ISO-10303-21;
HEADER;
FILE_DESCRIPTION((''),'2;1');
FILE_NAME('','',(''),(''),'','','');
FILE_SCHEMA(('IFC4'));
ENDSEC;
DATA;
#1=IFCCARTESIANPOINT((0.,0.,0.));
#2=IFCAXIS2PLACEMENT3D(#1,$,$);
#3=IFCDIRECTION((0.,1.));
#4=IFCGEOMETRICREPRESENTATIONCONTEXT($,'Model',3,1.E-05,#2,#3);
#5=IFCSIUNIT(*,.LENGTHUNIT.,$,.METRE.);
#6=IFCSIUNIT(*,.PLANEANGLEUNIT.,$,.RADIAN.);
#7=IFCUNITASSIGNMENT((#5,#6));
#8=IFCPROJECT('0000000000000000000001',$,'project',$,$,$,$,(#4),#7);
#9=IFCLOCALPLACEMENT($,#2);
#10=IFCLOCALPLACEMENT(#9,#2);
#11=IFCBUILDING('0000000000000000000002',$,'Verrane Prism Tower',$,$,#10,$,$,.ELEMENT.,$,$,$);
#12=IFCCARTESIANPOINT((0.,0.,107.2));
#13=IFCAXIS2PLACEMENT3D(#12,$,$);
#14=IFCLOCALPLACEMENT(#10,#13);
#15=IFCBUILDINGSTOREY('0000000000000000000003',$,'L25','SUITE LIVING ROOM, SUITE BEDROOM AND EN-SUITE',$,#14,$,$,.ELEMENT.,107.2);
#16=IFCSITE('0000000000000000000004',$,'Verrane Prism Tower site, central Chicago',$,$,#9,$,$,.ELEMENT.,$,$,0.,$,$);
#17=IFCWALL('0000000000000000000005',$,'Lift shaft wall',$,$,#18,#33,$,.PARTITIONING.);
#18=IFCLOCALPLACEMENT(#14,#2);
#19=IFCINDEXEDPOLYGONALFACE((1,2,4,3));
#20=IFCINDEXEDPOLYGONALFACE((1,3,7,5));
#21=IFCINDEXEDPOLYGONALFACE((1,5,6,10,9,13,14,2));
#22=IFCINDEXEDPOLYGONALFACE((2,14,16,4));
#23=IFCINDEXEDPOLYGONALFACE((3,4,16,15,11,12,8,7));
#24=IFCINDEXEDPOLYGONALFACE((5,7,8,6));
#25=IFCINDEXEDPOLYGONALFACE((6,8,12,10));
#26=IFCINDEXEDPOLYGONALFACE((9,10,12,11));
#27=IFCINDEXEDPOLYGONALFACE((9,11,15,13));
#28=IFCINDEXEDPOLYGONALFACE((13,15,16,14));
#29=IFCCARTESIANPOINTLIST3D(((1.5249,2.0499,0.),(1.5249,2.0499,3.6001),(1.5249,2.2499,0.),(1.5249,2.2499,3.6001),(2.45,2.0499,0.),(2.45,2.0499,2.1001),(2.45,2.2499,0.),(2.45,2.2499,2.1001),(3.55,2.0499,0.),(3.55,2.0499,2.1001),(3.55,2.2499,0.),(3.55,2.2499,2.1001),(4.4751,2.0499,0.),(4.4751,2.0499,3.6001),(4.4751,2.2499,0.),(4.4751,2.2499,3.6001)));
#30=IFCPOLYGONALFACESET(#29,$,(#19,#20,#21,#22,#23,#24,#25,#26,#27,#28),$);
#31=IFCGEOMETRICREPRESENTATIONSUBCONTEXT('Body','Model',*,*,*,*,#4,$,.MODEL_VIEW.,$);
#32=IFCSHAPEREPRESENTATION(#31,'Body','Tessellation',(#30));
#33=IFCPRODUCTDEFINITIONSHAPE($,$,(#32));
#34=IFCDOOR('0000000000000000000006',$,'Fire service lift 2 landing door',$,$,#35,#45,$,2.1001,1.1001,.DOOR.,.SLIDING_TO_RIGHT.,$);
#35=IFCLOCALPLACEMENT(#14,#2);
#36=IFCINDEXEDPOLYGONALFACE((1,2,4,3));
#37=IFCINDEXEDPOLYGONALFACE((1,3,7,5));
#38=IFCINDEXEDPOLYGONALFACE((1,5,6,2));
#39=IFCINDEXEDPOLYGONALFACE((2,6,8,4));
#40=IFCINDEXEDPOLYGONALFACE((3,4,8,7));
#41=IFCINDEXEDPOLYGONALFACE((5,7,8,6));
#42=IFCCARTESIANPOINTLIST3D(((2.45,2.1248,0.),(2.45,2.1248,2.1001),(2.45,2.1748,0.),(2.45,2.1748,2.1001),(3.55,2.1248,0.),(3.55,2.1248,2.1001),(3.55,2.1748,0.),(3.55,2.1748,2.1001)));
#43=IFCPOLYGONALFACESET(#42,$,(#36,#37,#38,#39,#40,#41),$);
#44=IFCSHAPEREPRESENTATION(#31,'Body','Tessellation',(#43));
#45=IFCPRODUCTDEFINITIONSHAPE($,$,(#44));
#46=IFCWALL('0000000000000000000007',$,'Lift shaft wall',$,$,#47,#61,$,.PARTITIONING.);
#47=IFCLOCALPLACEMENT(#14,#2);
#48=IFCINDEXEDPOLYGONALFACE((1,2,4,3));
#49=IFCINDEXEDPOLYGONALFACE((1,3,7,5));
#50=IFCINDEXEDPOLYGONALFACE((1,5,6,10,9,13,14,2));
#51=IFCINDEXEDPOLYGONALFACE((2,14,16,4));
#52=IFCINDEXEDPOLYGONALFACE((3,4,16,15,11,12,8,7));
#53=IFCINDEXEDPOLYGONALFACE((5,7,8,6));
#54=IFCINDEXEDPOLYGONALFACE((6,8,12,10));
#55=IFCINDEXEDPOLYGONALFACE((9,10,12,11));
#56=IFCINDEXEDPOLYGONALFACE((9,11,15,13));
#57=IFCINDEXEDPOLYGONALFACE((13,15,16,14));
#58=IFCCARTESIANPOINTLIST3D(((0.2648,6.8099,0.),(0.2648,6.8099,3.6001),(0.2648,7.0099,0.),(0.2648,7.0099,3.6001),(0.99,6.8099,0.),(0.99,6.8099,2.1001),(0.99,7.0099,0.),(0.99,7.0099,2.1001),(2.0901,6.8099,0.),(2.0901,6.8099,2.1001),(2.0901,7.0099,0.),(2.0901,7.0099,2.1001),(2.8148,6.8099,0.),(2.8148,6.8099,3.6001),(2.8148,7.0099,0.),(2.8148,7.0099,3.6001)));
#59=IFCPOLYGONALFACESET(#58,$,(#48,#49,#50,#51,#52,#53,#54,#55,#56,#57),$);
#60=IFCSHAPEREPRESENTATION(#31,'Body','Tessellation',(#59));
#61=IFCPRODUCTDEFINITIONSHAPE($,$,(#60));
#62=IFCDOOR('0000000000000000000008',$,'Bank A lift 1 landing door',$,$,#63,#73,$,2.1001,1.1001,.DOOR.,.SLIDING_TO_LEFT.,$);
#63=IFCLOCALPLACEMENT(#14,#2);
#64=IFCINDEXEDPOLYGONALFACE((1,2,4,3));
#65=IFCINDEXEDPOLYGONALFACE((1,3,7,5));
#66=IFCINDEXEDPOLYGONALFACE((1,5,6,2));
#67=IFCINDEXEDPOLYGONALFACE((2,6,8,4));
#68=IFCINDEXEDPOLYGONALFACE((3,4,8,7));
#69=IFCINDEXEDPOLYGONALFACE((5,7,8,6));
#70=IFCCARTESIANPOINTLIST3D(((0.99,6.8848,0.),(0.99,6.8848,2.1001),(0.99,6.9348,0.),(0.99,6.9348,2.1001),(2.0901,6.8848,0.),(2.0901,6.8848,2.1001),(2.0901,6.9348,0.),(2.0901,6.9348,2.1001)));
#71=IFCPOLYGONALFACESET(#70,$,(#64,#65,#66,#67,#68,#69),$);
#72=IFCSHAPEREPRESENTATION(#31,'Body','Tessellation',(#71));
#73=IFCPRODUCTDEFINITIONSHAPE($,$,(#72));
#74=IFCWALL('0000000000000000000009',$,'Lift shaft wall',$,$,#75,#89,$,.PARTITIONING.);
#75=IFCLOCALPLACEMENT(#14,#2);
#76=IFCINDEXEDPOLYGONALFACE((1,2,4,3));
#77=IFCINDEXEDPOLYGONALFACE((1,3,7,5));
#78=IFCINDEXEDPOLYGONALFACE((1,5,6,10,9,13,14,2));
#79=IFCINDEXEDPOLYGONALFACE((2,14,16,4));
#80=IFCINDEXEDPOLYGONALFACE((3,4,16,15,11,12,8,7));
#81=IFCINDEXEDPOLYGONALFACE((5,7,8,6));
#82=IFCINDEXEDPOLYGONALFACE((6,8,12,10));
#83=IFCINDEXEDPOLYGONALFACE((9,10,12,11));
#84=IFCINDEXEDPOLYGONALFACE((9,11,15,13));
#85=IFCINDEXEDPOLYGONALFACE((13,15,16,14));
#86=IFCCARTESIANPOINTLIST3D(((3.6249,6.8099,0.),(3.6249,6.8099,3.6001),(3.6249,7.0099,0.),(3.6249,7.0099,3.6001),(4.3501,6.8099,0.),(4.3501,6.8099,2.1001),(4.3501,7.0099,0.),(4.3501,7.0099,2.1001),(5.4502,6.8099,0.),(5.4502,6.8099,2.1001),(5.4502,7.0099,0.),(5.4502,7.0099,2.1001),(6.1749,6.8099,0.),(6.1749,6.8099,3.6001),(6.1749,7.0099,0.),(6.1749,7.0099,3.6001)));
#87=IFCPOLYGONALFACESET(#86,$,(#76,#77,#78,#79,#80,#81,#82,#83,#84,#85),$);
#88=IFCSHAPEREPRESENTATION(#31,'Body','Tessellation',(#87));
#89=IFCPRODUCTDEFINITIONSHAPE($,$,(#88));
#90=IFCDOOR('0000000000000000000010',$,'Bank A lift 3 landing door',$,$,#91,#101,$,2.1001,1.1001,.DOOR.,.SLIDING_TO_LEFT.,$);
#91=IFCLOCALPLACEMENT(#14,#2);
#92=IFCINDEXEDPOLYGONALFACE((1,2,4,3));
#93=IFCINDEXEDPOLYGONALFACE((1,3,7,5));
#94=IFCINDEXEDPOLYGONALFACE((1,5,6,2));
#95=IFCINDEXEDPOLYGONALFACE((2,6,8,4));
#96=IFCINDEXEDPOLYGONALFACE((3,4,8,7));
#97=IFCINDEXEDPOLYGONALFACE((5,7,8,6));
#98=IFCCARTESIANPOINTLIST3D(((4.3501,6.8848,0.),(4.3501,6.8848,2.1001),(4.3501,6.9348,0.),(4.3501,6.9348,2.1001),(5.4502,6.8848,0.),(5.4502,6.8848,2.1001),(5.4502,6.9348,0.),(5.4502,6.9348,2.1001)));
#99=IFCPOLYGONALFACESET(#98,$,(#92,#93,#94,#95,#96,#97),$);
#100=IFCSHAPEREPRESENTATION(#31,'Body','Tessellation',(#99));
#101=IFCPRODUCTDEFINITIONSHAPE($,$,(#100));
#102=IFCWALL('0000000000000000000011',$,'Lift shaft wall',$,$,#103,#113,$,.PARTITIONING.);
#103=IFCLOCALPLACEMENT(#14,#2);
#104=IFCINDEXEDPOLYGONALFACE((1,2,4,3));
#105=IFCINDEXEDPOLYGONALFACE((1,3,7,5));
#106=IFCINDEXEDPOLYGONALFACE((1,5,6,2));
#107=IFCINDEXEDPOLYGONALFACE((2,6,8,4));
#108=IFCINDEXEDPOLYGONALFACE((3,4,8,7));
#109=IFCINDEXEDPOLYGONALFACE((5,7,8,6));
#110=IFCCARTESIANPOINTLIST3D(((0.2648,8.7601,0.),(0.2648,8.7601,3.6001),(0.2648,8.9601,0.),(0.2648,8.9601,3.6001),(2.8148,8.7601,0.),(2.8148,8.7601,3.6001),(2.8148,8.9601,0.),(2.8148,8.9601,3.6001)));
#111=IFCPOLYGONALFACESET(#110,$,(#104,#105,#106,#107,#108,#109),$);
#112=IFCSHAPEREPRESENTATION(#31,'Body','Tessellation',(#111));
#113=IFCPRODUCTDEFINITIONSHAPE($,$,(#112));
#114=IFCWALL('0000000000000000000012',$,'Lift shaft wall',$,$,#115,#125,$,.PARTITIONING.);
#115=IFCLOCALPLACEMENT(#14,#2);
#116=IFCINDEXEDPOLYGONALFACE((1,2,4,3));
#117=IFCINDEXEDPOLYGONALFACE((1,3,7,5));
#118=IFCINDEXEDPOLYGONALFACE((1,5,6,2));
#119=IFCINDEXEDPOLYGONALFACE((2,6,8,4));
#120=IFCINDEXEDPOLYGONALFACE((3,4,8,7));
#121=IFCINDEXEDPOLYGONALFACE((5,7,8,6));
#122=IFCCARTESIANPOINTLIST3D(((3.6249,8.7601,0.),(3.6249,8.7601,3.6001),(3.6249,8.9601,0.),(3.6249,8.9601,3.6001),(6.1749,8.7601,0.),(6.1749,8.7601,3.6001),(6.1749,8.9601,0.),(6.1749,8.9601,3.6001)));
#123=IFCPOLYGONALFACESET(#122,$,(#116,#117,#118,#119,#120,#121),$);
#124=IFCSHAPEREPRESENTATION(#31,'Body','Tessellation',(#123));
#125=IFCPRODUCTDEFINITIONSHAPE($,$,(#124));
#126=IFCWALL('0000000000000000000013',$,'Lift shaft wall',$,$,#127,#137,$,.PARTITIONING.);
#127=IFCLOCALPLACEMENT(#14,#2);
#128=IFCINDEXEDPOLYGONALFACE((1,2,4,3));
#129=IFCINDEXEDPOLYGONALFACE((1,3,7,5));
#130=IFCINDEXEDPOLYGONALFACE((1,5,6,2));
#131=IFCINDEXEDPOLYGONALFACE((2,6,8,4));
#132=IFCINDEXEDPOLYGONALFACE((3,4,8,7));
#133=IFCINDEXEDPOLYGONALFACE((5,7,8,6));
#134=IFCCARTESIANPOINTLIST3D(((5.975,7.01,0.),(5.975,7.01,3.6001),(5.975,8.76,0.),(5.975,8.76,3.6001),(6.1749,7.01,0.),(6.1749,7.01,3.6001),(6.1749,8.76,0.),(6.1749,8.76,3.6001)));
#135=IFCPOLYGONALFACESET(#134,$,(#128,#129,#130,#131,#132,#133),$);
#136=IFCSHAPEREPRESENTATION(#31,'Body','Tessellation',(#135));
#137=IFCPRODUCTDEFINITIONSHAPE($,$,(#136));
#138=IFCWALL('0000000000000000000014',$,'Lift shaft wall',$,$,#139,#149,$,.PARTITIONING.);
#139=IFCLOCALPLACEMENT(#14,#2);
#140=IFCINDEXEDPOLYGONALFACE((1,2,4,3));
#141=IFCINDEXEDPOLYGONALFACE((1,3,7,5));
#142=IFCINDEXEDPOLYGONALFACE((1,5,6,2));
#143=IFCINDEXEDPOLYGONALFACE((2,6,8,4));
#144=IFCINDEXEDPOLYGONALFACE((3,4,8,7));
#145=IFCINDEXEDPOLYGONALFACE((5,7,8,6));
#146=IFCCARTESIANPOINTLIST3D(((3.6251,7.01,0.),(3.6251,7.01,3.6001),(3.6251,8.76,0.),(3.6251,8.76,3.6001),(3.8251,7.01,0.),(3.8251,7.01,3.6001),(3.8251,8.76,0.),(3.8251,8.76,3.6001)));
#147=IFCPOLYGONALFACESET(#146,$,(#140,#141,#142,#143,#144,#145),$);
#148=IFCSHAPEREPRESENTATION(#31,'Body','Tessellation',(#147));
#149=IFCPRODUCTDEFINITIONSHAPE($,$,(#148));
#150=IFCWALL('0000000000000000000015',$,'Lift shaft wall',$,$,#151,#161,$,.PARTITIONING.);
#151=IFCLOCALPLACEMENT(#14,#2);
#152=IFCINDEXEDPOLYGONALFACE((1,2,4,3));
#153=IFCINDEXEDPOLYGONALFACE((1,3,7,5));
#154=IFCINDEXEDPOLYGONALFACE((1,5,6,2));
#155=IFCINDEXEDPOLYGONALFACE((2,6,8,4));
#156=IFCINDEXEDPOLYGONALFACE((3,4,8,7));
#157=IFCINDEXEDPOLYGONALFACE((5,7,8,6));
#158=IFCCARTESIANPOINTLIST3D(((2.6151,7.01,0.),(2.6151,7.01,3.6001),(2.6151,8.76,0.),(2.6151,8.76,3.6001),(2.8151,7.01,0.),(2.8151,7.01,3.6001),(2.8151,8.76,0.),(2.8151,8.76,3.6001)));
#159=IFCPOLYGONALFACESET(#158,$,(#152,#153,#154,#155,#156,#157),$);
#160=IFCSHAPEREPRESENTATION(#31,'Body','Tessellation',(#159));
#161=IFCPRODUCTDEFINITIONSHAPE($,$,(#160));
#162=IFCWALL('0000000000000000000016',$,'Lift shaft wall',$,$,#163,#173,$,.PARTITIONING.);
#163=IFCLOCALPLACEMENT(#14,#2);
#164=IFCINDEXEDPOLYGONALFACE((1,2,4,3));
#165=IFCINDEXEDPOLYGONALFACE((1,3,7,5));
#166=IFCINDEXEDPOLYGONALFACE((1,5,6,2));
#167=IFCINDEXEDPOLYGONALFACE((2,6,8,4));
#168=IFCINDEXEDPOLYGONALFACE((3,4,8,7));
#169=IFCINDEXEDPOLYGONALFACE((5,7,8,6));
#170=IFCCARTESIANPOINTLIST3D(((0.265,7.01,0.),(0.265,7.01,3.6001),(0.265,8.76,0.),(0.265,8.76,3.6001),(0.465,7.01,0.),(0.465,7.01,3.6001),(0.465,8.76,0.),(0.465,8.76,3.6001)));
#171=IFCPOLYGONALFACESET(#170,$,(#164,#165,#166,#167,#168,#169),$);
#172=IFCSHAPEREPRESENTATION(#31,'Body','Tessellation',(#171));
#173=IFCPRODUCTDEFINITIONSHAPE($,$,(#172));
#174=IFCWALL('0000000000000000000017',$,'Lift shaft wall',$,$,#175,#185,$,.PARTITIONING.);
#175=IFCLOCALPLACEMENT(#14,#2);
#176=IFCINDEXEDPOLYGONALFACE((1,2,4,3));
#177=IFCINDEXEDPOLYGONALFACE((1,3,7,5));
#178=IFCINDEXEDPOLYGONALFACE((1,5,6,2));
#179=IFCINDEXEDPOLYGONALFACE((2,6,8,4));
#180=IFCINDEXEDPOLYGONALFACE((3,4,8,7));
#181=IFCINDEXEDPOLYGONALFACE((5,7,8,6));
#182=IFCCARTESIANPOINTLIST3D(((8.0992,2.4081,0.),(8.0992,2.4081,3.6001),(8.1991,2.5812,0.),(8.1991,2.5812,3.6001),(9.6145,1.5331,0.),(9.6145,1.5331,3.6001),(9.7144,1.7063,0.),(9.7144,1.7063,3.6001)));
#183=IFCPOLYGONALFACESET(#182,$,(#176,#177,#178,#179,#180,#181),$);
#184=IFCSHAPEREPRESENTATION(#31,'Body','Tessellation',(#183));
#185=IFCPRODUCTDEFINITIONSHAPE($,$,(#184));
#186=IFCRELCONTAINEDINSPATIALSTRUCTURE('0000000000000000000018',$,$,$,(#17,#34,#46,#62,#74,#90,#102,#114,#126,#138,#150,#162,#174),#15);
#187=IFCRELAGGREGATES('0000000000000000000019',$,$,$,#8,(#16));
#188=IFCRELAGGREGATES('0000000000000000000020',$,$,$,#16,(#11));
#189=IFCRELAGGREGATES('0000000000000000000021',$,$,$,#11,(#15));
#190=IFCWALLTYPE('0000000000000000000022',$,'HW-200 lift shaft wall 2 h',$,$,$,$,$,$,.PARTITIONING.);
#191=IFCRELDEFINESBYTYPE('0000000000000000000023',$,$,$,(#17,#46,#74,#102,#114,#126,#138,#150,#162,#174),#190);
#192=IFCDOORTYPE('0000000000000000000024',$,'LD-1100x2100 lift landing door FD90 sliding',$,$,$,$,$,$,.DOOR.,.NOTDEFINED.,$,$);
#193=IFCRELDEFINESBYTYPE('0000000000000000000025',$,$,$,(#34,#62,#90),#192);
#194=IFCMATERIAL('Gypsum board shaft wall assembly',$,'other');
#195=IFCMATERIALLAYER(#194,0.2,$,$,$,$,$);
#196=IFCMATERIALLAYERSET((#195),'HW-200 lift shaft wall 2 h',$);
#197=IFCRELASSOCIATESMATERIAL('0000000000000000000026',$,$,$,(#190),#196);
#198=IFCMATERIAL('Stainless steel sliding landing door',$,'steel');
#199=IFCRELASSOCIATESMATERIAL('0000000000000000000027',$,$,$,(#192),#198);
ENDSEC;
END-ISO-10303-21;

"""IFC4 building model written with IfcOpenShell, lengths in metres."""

from ifc_helpers import new_model, si_unit, direction, frame, frame_2d, origin, place, context, subcontext, project, spatial, rectangle, extrude, material, layer, layer_set, type_object, element, fill, save


model = new_model("IFC4")

# Units and contexts
model_context = context("Model", 3, precision=1e-05, world=origin(), true_north=direction((0.0, 1.0)))
body_context = subcontext(model_context, "Body", "Model", "MODEL_VIEW")
ifc_project = project(units=[si_unit("LENGTHUNIT", "METRE"), si_unit("PLANEANGLEUNIT", "RADIAN")], contexts=[model_context])

# Site, building, storey
site_placement = place(None, origin())
site = spatial("IfcSite", under=ifc_project, at=site_placement, Name="Verrane Prism Tower site, central Chicago", CompositionType="ELEMENT", RefElevation=0.0)
building_placement = place(site_placement, origin())
building = spatial("IfcBuilding", under=site, at=building_placement, Name="Verrane Prism Tower", CompositionType="ELEMENT")
storey_placement = place(building_placement, frame((0.0, 0.0, 107.2)))
storey = spatial("IfcBuildingStorey", under=building, at=storey_placement, Name="L25", Description="SUITE LIVING ROOM, SUITE BEDROOM AND EN-SUITE", CompositionType="ELEMENT", Elevation=107.2)

# Walls, openings, doors
ifc_material_1 = material(Name="Gypsum board shaft wall assembly", Category="other")
ifc_layer_1 = layer(ifc_material_1, 0.2)
ifc_layer_set_1 = layer_set([ifc_layer_1], Name="HW-200 lift shaft wall 2 h")
wall_type_1 = type_object("IfcWallType", Name="HW-200 lift shaft wall 2 h", PredefinedType="PARTITIONING", material=ifc_layer_set_1)
wall_1_placement = place(storey_placement, frame((1.5249, 2.1499, 0.0), z_axis=(0.0, 0.0, 1.0), x_axis=(1.0, 0.0, 0.0)))
wall_1 = element("IfcWall", 1, at=wall_1_placement, inside=storey, type_object=wall_type_1, Name="Lift shaft wall", PredefinedType="PARTITIONING", context=body_context, shape_type="SweptSolid", body=[
    extrude(rectangle(XDim=2.9502, YDim=0.2, at=frame_2d((1.4751, 0.0))), origin(), (0.0, 0.0, 1.0), 3.6001),
])
opening_1_placement = place(wall_1_placement, frame((0.925, 0.0, 0.0)))
opening_1 = element("IfcOpeningElement", 2, at=opening_1_placement, cuts=wall_1, PredefinedType="OPENING", context=body_context, shape_type="SweptSolid", body=[
    extrude(rectangle(XDim=1.1001, YDim=2.1001, at=frame_2d((0.55, 1.05))), frame((0.0, 0.1099, 0.0), z_axis=(0.0, -1.0, 0.0), x_axis=(1.0, 0.0, 0.0)), (0.0, 0.0, 1.0), 0.22),
])
ifc_material_2 = material(Name="Stainless steel sliding landing door", Category="steel")
door_type_1 = type_object("IfcDoorType", Name="LD-1100x2100 lift landing door FD90 sliding", OperationType="NOTDEFINED", PredefinedType="DOOR", material=ifc_material_2)
door_1_placement = place(opening_1_placement, origin())
door_1 = element("IfcDoor", 3, at=door_1_placement, inside=storey, type_object=door_type_1, Name="Fire service lift 2 landing door", OperationType="SLIDING_TO_RIGHT", OverallHeight=2.1001, OverallWidth=1.1001, PredefinedType="DOOR", context=body_context, shape_type="SweptSolid", body=[
    extrude(rectangle(XDim=1.1001, YDim=2.1001, at=frame_2d((0.55, 1.05))), frame((0.0, 0.0249, 0.0), z_axis=(0.0, -1.0, 0.0), x_axis=(1.0, 0.0, 0.0)), (0.0, 0.0, 1.0), 0.05),
])
fill(opening_1, door_1)
wall_2_placement = place(storey_placement, frame((0.2649, 6.9099, 0.0), z_axis=(0.0, 0.0, 1.0), x_axis=(1.0, 0.0, 0.0)))
wall_2 = element("IfcWall", 4, at=wall_2_placement, inside=storey, type_object=wall_type_1, Name="Lift shaft wall", PredefinedType="PARTITIONING", context=body_context, shape_type="SweptSolid", body=[
    extrude(rectangle(XDim=2.55, YDim=0.2, at=frame_2d((1.2749, 0.0))), origin(), (0.0, 0.0, 1.0), 3.6001),
])
opening_2_placement = place(wall_2_placement, frame((0.7251, 0.0, 0.0)))
opening_2 = element("IfcOpeningElement", 5, at=opening_2_placement, cuts=wall_2, PredefinedType="OPENING", context=body_context, shape_type="SweptSolid", body=[
    extrude(rectangle(XDim=1.1001, YDim=2.1001, at=frame_2d((0.55, 1.05))), frame((0.0, 0.1099, 0.0), z_axis=(0.0, -1.0, 0.0), x_axis=(1.0, 0.0, 0.0)), (0.0, 0.0, 1.0), 0.22),
])
door_2_placement = place(opening_2_placement, origin())
door_2 = element("IfcDoor", 6, at=door_2_placement, inside=storey, type_object=door_type_1, Name="Bank A lift 1 landing door", OperationType="SLIDING_TO_LEFT", OverallHeight=2.1001, OverallWidth=1.1001, PredefinedType="DOOR", context=body_context, shape_type="SweptSolid", body=[
    extrude(rectangle(XDim=1.1001, YDim=2.1001, at=frame_2d((0.55, 1.05))), frame((0.0, 0.0249, 0.0), z_axis=(0.0, -1.0, 0.0), x_axis=(1.0, 0.0, 0.0)), (0.0, 0.0, 1.0), 0.05),
])
fill(opening_2, door_2)
wall_3_placement = place(storey_placement, frame((3.625, 6.9099, 0.0), z_axis=(0.0, 0.0, 1.0), x_axis=(1.0, 0.0, 0.0)))
wall_3 = element("IfcWall", 7, at=wall_3_placement, inside=storey, type_object=wall_type_1, Name="Lift shaft wall", PredefinedType="PARTITIONING", context=body_context, shape_type="SweptSolid", body=[
    extrude(rectangle(XDim=2.55, YDim=0.2, at=frame_2d((1.2749, 0.0))), origin(), (0.0, 0.0, 1.0), 3.6001),
])
opening_3_placement = place(wall_3_placement, frame((0.7251, 0.0, 0.0)))
opening_3 = element("IfcOpeningElement", 8, at=opening_3_placement, cuts=wall_3, PredefinedType="OPENING", context=body_context, shape_type="SweptSolid", body=[
    extrude(rectangle(XDim=1.1001, YDim=2.1001, at=frame_2d((0.55, 1.05))), frame((0.0, 0.1099, 0.0), z_axis=(0.0, -1.0, 0.0), x_axis=(1.0, 0.0, 0.0)), (0.0, 0.0, 1.0), 0.22),
])
door_3_placement = place(opening_3_placement, origin())
door_3 = element("IfcDoor", 9, at=door_3_placement, inside=storey, type_object=door_type_1, Name="Bank A lift 3 landing door", OperationType="SLIDING_TO_LEFT", OverallHeight=2.1001, OverallWidth=1.1001, PredefinedType="DOOR", context=body_context, shape_type="SweptSolid", body=[
    extrude(rectangle(XDim=1.1001, YDim=2.1001, at=frame_2d((0.55, 1.05))), frame((0.0, 0.0249, 0.0), z_axis=(0.0, -1.0, 0.0), x_axis=(1.0, 0.0, 0.0)), (0.0, 0.0, 1.0), 0.05),
])
fill(opening_3, door_3)

# Walls
for number, where, z_axis, x_axis, name in (
    (10, (0.2649, 8.8601, 0.0), (0.0, 0.0, 1.0), (1.0, 0.0, 0.0), "Lift shaft wall"),
    (11, (3.625, 8.8601, 0.0), (0.0, 0.0, 1.0), (1.0, 0.0, 0.0), "Lift shaft wall"),
):
    element("IfcWall", number, at=place(storey_placement, frame(where, z_axis=z_axis, x_axis=x_axis)), inside=storey, type_object=wall_type_1, Name=name, PredefinedType="PARTITIONING", context=body_context, shape_type="SweptSolid", body=[
        extrude(rectangle(XDim=2.55, YDim=0.2, at=frame_2d((1.2749, 0.0))), origin(), (0.0, 0.0, 1.0), 3.6001),
    ])
for number, where, z_axis, x_axis, name in (
    (12, (6.075, 7.01, 0.0), (0.0, 0.0, 1.0), (0.0, 1.0, 0.0), "Lift shaft wall"),
    (13, (3.7251, 7.01, 0.0), (0.0, 0.0, 1.0), (0.0, 1.0, 0.0), "Lift shaft wall"),
    (14, (2.7151, 7.01, 0.0), (0.0, 0.0, 1.0), (0.0, 1.0, 0.0), "Lift shaft wall"),
    (15, (0.365, 7.01, 0.0), (0.0, 0.0, 1.0), (0.0, 1.0, 0.0), "Lift shaft wall"),
):
    element("IfcWall", number, at=place(storey_placement, frame(where, z_axis=z_axis, x_axis=x_axis)), inside=storey, type_object=wall_type_1, Name=name, PredefinedType="PARTITIONING", context=body_context, shape_type="SweptSolid", body=[
        extrude(rectangle(XDim=1.75, YDim=0.2, at=frame_2d((0.875, 0.0))), origin(), (0.0, 0.0, 1.0), 3.6001),
    ])
wall_4_placement = place(storey_placement, frame((9.6646, 1.6196, 0.0), z_axis=(0.0, 0.0, 1.0), x_axis=(-0.866002, 0.50004, 0.0)))
element("IfcWall", 16, at=wall_4_placement, inside=storey, type_object=wall_type_1, Name="Lift shaft wall", PredefinedType="PARTITIONING", context=body_context, shape_type="SweptSolid", body=[
    extrude(rectangle(XDim=1.7498, YDim=0.2, at=frame_2d((0.875, 0.0))), origin(), (0.0, 0.0, 1.0), 3.6001),
])

save(model, "model.ifc")
